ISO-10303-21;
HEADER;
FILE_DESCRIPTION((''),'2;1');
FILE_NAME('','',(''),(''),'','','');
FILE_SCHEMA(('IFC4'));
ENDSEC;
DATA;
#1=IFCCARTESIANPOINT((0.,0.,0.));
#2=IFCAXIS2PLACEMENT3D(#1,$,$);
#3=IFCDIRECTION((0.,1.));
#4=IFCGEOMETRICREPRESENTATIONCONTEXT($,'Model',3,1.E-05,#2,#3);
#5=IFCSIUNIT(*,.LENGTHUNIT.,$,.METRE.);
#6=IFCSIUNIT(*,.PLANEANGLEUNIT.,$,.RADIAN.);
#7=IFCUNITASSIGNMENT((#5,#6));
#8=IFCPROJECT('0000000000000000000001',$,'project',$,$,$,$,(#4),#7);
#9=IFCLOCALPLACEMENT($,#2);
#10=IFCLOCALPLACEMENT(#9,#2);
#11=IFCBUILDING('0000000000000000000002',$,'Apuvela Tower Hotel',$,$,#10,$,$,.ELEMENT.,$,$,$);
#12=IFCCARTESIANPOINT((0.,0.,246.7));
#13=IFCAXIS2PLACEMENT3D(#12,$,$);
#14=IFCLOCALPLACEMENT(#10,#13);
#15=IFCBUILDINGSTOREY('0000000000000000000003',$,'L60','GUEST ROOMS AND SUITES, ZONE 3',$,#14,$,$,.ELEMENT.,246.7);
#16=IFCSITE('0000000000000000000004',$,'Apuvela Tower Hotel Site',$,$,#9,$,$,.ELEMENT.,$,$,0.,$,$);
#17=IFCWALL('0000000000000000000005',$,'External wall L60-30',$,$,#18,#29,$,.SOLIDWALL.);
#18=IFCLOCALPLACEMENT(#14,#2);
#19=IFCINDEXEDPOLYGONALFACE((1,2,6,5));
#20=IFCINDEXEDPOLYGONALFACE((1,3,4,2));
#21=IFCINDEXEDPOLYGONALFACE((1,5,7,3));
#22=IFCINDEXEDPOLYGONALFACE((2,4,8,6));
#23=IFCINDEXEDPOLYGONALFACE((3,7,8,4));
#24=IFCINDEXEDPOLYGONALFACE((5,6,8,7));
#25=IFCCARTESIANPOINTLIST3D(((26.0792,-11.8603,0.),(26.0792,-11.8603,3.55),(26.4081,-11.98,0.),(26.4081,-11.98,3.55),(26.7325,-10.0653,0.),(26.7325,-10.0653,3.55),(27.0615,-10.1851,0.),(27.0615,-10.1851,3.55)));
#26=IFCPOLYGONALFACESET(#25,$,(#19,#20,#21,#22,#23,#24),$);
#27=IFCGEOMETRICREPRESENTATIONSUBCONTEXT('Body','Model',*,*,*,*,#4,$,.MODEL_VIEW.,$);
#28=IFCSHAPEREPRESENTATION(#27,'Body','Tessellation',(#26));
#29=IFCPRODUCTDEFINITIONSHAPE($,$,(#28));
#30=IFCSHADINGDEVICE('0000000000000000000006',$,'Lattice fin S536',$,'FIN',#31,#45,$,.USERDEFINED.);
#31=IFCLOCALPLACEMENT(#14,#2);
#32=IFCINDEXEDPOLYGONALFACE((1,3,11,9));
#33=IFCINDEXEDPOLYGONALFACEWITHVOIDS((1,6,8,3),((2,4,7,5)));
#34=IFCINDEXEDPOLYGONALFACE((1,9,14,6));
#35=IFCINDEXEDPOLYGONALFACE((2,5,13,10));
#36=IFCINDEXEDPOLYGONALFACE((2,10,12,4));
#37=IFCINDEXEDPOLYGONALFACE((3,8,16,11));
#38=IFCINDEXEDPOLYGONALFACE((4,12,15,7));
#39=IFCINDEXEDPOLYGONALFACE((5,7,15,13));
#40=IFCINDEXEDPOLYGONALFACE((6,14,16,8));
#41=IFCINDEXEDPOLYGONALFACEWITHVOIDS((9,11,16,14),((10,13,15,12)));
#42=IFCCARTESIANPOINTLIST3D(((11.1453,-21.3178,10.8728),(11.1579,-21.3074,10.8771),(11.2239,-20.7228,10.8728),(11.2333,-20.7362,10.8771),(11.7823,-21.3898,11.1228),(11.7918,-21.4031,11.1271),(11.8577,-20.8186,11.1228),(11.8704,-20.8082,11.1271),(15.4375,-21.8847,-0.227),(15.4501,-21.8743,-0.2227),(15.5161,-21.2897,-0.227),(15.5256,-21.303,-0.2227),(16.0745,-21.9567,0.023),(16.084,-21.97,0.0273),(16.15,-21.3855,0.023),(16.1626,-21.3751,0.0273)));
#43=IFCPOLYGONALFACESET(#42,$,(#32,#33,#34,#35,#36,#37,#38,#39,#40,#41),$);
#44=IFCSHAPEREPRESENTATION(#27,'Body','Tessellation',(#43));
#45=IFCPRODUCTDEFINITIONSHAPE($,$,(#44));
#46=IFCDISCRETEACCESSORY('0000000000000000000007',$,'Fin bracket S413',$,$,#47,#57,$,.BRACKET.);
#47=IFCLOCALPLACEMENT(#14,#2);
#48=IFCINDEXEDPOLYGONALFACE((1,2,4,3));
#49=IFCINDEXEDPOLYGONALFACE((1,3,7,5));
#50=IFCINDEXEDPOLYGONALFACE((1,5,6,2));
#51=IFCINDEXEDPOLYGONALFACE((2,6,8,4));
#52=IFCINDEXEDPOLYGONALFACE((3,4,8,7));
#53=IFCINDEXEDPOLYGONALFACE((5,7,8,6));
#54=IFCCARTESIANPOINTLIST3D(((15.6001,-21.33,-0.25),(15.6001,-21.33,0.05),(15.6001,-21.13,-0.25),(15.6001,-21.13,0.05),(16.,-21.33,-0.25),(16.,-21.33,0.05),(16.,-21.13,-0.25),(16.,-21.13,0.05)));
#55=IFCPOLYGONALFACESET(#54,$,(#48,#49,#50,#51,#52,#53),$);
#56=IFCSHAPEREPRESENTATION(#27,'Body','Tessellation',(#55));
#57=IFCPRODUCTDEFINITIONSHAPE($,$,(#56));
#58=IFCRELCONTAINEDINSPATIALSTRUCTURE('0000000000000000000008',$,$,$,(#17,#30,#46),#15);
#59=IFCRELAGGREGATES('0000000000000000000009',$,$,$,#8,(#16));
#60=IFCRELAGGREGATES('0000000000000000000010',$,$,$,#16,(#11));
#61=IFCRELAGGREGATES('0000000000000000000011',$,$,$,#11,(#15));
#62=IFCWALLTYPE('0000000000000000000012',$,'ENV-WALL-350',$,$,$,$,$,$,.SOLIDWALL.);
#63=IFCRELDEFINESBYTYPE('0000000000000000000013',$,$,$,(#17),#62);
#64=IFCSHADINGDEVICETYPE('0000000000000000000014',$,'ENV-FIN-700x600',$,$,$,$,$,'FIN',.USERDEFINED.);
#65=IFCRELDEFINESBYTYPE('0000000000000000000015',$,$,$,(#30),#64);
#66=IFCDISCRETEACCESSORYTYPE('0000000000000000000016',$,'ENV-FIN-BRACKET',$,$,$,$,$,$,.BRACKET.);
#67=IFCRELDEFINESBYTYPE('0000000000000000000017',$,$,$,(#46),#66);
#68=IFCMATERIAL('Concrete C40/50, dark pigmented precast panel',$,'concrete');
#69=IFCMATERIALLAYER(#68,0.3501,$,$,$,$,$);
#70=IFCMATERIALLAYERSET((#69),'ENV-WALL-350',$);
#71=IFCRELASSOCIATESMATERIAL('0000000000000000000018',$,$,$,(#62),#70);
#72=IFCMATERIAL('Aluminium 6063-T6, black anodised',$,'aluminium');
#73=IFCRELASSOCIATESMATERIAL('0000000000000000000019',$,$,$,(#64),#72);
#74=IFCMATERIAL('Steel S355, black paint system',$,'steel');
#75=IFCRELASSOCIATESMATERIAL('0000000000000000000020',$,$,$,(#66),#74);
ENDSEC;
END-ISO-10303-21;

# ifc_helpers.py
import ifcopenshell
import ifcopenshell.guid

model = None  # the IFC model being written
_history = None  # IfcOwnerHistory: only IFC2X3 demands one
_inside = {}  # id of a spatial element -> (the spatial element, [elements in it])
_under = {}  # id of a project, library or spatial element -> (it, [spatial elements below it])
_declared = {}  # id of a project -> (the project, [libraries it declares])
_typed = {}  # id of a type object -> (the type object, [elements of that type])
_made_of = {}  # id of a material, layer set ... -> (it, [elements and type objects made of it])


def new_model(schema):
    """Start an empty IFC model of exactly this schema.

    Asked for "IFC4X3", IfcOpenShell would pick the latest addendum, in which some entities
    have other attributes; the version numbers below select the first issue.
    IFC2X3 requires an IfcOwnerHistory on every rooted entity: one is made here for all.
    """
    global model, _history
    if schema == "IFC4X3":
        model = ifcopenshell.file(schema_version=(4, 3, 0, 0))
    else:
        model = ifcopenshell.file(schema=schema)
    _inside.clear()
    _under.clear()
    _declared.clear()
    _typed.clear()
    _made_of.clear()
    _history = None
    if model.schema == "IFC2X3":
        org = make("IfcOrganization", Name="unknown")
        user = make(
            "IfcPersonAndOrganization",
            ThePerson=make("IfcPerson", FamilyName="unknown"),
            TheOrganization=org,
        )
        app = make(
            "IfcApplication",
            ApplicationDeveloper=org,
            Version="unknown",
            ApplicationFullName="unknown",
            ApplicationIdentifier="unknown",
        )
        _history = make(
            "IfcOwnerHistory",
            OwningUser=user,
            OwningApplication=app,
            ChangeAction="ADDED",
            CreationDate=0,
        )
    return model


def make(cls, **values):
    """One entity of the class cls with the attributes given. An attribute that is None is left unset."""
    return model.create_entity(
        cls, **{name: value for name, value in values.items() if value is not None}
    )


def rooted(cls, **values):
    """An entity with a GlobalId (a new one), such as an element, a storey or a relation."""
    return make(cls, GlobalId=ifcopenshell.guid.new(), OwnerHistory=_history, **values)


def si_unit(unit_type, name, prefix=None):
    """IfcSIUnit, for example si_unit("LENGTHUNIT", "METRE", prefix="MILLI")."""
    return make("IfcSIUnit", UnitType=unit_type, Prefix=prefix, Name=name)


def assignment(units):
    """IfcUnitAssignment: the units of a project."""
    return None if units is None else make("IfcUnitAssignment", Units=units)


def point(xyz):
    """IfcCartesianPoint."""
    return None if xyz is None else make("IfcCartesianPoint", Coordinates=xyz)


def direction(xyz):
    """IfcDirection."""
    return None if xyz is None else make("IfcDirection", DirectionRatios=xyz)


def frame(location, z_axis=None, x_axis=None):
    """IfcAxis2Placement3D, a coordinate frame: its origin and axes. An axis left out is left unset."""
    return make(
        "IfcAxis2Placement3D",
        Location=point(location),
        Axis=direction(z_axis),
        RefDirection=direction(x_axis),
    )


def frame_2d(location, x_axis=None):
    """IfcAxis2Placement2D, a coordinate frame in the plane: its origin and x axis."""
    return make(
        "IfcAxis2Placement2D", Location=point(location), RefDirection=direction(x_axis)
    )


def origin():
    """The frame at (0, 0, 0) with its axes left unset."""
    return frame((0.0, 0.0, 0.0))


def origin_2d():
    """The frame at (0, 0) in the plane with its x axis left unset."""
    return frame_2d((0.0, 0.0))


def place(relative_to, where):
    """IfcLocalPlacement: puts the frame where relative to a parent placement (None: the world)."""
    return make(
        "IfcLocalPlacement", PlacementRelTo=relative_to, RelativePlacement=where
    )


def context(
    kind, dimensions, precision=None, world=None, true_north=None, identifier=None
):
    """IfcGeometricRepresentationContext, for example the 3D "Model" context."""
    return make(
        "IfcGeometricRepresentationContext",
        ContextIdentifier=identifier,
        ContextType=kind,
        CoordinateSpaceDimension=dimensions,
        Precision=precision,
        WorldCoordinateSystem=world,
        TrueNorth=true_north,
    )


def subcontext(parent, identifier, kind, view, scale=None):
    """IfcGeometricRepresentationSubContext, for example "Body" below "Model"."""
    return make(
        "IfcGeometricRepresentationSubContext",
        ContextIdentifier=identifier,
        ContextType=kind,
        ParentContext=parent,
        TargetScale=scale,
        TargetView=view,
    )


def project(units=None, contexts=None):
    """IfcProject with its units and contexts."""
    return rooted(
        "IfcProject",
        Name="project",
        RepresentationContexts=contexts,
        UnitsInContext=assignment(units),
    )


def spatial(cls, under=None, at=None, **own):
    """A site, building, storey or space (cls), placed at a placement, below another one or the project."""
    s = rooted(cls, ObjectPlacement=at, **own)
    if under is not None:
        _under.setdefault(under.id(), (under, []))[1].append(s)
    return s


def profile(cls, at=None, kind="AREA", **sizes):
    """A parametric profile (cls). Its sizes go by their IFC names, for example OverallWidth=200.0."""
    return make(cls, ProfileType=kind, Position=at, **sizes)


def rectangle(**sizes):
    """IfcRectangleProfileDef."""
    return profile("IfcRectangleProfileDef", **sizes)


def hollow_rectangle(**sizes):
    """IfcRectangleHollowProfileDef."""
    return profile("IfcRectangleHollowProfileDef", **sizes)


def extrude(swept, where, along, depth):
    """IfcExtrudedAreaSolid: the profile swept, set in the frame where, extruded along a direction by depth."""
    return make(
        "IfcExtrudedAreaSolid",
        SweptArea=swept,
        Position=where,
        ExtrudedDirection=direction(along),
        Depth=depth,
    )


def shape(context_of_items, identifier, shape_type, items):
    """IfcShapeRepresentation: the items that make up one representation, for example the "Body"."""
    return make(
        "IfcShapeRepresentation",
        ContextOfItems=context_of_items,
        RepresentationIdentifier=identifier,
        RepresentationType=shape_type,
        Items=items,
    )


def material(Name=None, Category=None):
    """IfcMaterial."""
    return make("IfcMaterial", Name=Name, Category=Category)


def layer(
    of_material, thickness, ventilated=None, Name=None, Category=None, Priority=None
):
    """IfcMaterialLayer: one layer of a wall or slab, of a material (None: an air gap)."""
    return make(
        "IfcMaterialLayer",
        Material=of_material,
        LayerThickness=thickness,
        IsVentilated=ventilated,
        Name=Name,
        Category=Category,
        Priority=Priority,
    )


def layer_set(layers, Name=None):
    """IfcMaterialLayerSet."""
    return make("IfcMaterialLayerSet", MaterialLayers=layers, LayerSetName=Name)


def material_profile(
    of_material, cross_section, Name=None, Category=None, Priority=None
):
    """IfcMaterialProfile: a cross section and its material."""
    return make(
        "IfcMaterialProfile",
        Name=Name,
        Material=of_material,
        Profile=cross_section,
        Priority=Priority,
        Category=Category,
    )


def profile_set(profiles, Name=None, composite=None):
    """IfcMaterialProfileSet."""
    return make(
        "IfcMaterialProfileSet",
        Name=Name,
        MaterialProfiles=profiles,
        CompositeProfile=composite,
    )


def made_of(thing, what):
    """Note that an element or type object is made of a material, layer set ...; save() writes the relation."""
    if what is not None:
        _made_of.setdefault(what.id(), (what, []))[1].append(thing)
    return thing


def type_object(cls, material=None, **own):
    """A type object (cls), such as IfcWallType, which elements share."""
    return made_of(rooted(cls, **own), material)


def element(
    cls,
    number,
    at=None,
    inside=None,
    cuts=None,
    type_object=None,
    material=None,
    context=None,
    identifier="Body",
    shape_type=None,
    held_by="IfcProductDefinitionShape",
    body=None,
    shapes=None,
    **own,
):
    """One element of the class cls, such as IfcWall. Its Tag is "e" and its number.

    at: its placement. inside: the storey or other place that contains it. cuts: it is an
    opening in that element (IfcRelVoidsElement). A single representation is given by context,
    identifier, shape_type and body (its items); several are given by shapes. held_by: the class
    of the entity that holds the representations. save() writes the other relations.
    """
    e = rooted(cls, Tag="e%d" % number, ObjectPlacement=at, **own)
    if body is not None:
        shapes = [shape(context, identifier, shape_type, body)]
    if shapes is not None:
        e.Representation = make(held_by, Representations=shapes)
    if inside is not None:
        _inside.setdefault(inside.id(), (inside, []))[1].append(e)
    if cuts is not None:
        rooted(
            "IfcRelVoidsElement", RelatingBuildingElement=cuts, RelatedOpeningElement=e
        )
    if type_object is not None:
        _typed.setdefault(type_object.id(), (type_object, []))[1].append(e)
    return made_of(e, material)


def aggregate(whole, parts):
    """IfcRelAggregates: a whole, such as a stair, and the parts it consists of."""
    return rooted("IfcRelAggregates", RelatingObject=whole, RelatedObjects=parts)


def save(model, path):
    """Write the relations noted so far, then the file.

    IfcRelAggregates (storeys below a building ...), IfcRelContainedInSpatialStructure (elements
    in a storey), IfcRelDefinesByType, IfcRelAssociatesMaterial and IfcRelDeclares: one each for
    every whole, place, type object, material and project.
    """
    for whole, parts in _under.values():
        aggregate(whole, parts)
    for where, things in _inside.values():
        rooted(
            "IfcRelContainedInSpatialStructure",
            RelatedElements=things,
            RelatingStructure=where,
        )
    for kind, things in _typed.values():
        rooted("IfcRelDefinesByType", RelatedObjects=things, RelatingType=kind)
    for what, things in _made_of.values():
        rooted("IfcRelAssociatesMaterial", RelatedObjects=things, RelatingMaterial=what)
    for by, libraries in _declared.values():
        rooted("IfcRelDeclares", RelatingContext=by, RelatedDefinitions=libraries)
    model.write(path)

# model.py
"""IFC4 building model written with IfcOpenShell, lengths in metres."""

from ifc_helpers import new_model, si_unit, direction, frame, frame_2d, origin, origin_2d, place, context, subcontext, project, spatial, rectangle, hollow_rectangle, extrude, material, layer, layer_set, material_profile, profile_set, type_object, element, save


model = new_model("IFC4")

# Units and contexts
model_context = context("Model", 3, precision=1e-05, world=origin(), true_north=direction((0.0, 1.0)))
body_context = subcontext(model_context, "Body", "Model", "MODEL_VIEW")
ifc_project = project(units=[si_unit("LENGTHUNIT", "METRE"), si_unit("PLANEANGLEUNIT", "RADIAN")], contexts=[model_context])

# Site, building, storey
site_placement = place(None, origin())
site = spatial("IfcSite", under=ifc_project, at=site_placement, Name="Apuvela Tower Hotel Site", CompositionType="ELEMENT", RefElevation=0.0)
building_placement = place(site_placement, origin())
building = spatial("IfcBuilding", under=site, at=building_placement, Name="Apuvela Tower Hotel", CompositionType="ELEMENT")
storey_placement = place(building_placement, frame((0.0, 0.0, 246.7)))
storey = spatial("IfcBuildingStorey", under=building, at=storey_placement, Name="L60", Description="GUEST ROOMS AND SUITES, ZONE 3", CompositionType="ELEMENT", Elevation=246.7)

# Shared definitions
ifc_material_1 = material(Name="Concrete C40/50, dark pigmented precast panel", Category="concrete")
ifc_layer_1 = layer(ifc_material_1, 0.3501)
ifc_layer_set_1 = layer_set([ifc_layer_1], Name="ENV-WALL-350")
wall_type_1 = type_object("IfcWallType", Name="ENV-WALL-350", PredefinedType="SOLIDWALL", material=ifc_layer_set_1)

# Wall
wall_1_placement = place(storey_placement, frame((26.2437, -11.9202, 0.0), z_axis=(0.0, 0.0, 1.0), x_axis=(0.34203, 0.939689, 0.0)))
element("IfcWall", 1, at=wall_1_placement, inside=storey, type_object=wall_type_1, Name="External wall L60-30", PredefinedType="SOLIDWALL", context=body_context, shape_type="SweptSolid", body=[
    extrude(rectangle(XDim=1.9102, YDim=0.3501, at=frame_2d((0.9551, 0.0))), origin(), (0.0, 0.0, 1.0), 3.55),
])

# Shading device
ifc_material_2 = material(Name="Aluminium 6063-T6, black anodised", Category="aluminium")
ifc_material_profile_1 = material_profile(ifc_material_2, hollow_rectangle(XDim=0.6001, YDim=0.7, WallThickness=0.012, at=origin_2d()), Name="AL BOX 700x600x12")
ifc_profile_set_1 = profile_set([ifc_material_profile_1], Name="Aluminium 6063-T6, black anodised")
shading_device_type = type_object("IfcShadingDeviceType", Name="ENV-FIN-700x600", ElementType="FIN", PredefinedType="USERDEFINED", material=ifc_profile_set_1)
shading_device_placement = place(storey_placement, frame((15.8, -21.6299, -0.0999), z_axis=(-0.360258, 0.047581, 0.931638), x_axis=(-0.130937, -0.991391, 0.0)))
element("IfcShadingDevice", 2, at=shading_device_placement, inside=storey, type_object=shading_device_type, Name="Lattice fin S536", ObjectType="FIN", PredefinedType="USERDEFINED", context=body_context, shape_type="SweptSolid", body=[
    extrude(hollow_rectangle(XDim=0.6001, YDim=0.7, WallThickness=0.012, at=origin_2d()), origin(), (0.0, 0.0, 1.0), 11.9143),
])

# Discrete accessory
ifc_material_3 = material(Name="Steel S355, black paint system", Category="steel")
discrete_accessory_type = type_object("IfcDiscreteAccessoryType", Name="ENV-FIN-BRACKET", PredefinedType="BRACKET", material=ifc_material_3)
discrete_accessory_placement = place(storey_placement, frame((15.8, -21.23, -0.25), z_axis=(0.0, 0.0, 1.0), x_axis=(1.0, 0.0, 0.0)))
element("IfcDiscreteAccessory", 3, at=discrete_accessory_placement, inside=storey, type_object=discrete_accessory_type, Name="Fin bracket S413", PredefinedType="BRACKET", context=body_context, shape_type="SweptSolid", body=[
    extrude(rectangle(XDim=0.3999, YDim=0.2, at=origin_2d()), origin(), (0.0, 0.0, 1.0), 0.3),
])

save(model, "model.ifc")
